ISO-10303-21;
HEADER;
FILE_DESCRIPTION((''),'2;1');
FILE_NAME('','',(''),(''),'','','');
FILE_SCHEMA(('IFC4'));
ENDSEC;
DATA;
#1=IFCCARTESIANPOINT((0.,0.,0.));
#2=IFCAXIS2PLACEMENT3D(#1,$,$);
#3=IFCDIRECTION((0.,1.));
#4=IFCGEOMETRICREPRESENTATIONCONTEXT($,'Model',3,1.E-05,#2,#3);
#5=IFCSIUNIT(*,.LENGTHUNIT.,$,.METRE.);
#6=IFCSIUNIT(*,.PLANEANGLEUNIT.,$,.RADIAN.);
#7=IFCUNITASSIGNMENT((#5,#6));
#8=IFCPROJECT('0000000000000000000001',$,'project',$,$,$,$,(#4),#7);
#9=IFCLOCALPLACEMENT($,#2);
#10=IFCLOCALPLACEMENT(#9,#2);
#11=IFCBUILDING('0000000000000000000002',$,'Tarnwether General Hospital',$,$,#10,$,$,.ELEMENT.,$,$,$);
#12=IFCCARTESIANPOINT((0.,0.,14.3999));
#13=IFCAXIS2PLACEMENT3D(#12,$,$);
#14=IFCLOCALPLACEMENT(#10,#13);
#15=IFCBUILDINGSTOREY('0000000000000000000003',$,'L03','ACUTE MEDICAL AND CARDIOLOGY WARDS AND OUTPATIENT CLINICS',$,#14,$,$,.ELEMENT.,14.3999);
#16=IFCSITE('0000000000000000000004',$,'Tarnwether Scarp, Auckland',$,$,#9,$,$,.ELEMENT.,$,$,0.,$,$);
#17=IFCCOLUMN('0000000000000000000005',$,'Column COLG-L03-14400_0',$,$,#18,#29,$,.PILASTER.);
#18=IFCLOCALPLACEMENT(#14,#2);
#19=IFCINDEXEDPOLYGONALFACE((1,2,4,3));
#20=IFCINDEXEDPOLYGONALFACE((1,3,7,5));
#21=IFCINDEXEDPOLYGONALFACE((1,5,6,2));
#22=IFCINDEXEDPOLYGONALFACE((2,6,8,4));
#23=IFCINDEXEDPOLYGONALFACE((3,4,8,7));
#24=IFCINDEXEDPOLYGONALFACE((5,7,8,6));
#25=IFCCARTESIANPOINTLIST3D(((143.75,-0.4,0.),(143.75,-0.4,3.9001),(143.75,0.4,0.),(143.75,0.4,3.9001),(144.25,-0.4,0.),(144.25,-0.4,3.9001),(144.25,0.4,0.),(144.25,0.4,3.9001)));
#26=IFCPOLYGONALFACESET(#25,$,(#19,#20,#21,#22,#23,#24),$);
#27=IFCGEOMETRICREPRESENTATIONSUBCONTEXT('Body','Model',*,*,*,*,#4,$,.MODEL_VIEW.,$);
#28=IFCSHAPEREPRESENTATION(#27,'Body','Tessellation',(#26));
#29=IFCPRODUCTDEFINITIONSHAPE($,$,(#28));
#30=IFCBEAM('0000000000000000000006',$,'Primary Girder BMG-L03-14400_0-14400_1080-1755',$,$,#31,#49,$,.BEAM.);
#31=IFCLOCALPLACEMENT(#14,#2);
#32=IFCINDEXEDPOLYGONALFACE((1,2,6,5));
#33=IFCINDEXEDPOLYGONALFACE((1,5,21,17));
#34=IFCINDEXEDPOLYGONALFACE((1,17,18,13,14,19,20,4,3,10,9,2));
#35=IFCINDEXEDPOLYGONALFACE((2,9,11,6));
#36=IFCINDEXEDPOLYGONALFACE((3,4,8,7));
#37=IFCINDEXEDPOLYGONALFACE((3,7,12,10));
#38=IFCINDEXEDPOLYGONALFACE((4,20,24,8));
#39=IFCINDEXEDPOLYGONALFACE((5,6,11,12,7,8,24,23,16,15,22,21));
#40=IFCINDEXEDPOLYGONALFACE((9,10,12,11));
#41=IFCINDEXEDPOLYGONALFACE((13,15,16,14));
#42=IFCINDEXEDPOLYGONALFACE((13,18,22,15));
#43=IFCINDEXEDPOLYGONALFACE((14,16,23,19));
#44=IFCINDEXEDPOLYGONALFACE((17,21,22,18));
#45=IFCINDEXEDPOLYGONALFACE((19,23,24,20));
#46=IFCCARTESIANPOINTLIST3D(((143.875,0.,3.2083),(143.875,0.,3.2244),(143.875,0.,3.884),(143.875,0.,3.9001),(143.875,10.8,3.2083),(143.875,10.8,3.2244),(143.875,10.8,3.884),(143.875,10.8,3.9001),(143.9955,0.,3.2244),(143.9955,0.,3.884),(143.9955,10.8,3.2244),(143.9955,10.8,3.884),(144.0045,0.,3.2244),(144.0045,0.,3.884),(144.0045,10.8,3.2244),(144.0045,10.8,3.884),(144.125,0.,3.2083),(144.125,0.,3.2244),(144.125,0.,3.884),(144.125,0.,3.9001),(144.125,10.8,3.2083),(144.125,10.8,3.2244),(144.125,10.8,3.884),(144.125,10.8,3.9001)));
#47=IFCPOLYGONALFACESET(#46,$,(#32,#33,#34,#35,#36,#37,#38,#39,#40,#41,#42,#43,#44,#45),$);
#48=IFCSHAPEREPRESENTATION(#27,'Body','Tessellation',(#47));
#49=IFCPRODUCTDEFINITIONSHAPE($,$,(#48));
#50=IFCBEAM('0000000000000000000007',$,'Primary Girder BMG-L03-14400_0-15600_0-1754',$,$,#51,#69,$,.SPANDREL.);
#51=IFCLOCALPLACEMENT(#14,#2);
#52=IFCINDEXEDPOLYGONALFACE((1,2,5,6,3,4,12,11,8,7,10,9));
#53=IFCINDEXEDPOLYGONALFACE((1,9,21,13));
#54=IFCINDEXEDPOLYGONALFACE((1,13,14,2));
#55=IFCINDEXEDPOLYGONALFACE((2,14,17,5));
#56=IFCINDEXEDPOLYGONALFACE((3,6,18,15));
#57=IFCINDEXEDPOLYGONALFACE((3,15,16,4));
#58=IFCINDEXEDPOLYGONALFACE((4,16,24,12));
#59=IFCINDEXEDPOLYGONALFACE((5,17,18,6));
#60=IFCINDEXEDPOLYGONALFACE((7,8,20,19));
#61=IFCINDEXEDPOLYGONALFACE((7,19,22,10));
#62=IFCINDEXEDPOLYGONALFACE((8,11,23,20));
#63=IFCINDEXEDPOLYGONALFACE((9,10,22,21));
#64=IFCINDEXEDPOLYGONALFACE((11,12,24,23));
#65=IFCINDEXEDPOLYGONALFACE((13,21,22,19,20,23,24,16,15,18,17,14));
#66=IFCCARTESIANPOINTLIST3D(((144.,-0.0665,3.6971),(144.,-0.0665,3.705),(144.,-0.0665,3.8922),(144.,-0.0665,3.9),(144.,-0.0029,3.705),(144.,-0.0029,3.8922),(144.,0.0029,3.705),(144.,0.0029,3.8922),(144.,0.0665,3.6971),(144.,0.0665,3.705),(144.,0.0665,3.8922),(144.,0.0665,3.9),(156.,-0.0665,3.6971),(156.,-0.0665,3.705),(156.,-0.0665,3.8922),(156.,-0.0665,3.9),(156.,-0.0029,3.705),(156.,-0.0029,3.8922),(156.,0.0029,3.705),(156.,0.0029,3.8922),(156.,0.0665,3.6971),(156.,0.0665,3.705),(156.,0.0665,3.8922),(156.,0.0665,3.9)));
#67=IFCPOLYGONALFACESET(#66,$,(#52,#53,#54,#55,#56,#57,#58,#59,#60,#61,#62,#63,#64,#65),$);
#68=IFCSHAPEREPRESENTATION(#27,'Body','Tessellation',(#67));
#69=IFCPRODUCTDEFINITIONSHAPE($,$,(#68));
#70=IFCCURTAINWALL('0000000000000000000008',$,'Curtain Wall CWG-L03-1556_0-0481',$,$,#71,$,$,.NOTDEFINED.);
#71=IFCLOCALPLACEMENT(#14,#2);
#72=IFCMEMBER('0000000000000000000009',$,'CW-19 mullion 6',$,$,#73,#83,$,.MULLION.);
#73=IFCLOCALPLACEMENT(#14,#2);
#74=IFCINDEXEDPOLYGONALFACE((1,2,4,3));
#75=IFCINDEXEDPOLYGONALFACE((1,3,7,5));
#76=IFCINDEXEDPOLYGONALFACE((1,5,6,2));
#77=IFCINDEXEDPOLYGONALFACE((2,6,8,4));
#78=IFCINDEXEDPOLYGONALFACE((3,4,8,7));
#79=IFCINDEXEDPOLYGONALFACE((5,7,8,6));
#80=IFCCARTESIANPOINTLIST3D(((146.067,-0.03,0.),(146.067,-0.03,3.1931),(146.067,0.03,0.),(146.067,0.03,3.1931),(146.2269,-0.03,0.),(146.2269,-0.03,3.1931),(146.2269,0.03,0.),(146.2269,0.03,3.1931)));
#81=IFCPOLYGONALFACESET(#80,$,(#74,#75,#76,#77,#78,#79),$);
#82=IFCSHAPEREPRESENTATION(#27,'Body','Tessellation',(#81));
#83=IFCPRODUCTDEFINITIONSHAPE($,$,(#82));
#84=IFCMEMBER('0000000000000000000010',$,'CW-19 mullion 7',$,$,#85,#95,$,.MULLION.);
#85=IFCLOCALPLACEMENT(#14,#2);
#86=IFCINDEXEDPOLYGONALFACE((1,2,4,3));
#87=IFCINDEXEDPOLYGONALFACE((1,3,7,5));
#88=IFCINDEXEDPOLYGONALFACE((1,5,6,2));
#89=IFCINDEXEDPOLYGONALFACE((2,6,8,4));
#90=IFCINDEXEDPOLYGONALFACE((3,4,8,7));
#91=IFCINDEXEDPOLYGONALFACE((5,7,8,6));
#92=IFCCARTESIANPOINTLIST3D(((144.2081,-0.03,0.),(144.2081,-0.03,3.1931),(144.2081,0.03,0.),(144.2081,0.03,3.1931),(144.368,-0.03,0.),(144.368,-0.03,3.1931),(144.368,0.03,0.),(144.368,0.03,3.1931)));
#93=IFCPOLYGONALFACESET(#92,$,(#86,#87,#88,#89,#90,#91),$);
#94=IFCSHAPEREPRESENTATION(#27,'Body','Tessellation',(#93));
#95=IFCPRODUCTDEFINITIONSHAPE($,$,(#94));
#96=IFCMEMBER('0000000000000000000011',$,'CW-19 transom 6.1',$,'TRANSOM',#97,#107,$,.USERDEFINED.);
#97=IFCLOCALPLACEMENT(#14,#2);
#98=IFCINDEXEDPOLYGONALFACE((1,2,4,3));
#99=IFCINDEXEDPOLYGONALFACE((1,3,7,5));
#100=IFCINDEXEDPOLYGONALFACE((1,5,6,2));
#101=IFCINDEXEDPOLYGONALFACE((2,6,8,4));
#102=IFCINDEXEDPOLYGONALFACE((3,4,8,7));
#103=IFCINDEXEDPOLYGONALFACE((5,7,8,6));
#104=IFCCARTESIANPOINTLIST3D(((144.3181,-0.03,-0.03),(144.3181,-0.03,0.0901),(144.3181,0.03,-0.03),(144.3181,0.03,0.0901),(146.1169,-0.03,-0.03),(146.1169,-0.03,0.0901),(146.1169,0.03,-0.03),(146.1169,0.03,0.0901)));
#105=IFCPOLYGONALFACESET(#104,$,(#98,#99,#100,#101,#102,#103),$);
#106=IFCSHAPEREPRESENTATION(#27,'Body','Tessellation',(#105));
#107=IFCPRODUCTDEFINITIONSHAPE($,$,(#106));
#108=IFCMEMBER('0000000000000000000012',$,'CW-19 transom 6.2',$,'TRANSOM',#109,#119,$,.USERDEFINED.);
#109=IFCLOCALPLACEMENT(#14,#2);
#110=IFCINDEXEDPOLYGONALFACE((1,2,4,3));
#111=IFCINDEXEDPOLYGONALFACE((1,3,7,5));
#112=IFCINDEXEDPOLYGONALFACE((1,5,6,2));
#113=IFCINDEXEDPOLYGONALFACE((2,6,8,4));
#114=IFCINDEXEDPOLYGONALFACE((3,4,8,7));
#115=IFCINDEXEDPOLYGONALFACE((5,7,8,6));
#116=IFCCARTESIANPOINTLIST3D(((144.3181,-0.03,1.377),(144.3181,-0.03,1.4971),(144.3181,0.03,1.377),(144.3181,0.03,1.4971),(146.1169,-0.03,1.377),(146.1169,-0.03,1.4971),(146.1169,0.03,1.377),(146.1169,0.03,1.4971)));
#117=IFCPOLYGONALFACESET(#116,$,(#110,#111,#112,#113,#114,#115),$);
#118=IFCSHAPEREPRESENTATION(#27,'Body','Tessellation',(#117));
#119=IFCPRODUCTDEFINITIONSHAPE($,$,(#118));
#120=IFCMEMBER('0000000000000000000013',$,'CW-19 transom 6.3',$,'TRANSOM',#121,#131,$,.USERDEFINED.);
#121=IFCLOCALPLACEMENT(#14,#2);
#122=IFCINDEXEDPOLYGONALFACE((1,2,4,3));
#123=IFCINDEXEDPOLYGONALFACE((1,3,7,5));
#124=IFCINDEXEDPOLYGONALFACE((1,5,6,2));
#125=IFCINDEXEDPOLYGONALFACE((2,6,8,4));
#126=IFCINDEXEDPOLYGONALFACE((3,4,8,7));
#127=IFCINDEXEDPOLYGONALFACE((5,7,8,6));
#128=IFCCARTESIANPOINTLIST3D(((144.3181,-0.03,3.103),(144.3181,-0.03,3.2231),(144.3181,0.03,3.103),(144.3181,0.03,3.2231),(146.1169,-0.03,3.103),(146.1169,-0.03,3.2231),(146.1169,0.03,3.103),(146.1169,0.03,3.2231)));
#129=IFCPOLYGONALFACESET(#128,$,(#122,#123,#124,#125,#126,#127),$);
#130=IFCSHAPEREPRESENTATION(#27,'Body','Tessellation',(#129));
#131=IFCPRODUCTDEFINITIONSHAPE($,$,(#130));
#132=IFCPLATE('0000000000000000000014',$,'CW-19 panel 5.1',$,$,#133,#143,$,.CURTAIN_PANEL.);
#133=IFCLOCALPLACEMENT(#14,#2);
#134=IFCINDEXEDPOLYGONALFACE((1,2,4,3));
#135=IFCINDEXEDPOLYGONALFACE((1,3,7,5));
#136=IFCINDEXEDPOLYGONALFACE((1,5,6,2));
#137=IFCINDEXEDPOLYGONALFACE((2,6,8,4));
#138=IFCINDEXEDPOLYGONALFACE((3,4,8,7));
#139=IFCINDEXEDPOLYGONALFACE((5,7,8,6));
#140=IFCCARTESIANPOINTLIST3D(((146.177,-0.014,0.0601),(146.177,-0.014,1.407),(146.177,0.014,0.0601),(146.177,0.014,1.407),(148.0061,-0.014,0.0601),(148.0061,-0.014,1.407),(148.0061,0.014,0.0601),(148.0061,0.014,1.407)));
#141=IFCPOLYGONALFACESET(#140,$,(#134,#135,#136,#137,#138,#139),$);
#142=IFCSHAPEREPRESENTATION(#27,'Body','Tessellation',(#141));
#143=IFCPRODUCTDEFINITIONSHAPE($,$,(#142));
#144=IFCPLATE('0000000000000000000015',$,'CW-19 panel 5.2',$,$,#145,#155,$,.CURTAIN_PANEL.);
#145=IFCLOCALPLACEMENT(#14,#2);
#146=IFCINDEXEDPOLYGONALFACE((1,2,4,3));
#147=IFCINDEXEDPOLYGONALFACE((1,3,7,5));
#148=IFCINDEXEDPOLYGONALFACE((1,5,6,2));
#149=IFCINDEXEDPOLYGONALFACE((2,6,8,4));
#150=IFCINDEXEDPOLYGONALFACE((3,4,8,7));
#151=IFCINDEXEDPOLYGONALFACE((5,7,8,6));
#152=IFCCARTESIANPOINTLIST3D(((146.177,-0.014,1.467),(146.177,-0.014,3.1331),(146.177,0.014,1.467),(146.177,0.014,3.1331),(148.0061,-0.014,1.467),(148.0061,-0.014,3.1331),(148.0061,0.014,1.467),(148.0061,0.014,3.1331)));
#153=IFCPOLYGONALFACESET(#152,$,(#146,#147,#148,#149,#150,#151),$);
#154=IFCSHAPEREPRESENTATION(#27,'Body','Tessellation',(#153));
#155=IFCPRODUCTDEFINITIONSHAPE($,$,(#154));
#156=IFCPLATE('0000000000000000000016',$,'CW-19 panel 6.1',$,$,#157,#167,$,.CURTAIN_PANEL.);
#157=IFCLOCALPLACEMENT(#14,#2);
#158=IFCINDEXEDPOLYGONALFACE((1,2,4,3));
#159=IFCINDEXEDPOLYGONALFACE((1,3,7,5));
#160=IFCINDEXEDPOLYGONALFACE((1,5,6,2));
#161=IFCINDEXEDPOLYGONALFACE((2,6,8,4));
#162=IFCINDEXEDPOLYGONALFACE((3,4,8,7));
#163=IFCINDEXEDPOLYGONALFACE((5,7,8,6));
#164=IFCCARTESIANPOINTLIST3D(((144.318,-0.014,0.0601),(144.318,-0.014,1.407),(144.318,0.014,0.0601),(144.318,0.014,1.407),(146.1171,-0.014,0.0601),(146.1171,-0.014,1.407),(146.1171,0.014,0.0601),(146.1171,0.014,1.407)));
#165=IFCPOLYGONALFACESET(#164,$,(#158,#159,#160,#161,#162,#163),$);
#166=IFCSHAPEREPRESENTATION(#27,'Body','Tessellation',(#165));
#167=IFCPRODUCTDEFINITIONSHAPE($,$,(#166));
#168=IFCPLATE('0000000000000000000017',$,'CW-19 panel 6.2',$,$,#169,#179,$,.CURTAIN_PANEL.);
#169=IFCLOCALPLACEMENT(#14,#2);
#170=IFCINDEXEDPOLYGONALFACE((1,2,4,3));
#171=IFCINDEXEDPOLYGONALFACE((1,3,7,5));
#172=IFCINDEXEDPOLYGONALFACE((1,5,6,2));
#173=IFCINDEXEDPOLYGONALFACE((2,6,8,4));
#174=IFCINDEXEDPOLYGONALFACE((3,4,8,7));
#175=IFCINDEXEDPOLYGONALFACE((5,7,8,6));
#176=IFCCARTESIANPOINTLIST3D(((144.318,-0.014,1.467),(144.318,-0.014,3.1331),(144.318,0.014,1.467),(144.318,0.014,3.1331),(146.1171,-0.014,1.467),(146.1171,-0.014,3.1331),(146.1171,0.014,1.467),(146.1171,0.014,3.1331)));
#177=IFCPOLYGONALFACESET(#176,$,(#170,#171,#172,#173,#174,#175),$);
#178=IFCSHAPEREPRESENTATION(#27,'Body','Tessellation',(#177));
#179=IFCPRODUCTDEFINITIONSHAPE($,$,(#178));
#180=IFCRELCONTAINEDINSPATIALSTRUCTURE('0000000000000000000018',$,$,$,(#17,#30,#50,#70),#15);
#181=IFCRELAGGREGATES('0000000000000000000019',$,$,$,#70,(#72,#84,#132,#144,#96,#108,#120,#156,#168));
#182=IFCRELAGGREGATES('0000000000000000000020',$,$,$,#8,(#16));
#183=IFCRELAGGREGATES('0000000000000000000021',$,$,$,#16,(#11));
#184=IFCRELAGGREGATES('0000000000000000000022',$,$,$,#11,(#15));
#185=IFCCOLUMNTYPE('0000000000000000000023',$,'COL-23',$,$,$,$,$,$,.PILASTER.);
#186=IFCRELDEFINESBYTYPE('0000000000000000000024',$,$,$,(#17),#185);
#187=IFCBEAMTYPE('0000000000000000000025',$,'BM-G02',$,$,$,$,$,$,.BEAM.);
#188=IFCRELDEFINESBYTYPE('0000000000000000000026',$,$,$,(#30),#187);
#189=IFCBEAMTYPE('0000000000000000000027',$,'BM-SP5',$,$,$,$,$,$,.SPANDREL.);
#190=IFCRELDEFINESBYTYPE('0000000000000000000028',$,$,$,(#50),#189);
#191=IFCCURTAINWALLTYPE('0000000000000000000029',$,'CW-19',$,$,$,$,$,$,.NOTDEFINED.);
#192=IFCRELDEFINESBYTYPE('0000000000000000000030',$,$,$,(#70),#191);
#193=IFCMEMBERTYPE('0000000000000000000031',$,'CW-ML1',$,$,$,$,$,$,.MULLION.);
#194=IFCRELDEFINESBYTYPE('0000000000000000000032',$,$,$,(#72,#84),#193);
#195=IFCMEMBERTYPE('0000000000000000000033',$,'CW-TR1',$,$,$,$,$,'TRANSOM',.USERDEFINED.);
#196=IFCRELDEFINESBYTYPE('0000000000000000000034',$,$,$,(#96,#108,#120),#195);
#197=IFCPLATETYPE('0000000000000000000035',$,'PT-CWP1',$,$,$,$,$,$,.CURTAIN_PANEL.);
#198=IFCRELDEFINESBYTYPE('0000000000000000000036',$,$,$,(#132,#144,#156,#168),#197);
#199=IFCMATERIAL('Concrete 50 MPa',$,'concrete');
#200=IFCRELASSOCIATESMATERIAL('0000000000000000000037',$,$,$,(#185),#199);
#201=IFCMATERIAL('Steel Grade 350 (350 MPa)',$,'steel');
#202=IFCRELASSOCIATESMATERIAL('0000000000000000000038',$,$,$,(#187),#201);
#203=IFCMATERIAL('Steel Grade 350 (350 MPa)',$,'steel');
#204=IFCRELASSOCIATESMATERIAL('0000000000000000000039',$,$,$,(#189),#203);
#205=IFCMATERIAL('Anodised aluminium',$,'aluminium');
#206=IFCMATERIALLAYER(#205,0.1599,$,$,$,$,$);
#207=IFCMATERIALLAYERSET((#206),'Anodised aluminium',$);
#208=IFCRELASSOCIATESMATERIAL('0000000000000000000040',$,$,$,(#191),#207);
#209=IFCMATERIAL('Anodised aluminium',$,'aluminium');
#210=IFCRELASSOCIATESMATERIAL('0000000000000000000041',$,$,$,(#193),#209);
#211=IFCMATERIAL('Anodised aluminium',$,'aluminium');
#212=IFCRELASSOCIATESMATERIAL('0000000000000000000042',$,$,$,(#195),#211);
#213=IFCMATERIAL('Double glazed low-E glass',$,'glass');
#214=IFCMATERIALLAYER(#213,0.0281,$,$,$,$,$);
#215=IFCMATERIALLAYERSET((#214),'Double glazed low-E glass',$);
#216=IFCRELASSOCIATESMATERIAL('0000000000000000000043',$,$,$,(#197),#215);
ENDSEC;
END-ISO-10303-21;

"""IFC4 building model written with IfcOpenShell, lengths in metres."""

from ifc_helpers import new_model, si_unit, direction, frame, origin, origin_2d, place, context, subcontext, project, spatial, rectangle, i_section, extrude, material, layer, layer_set, material_profile, profile_set, type_object, element, aggregate, save


model = new_model("IFC4")

# Units and contexts
model_context = context("Model", 3, precision=1e-05, world=origin(), true_north=direction((0.0, 1.0)))
body_context = subcontext(model_context, "Body", "Model", "MODEL_VIEW")
ifc_project = project(units=[si_unit("LENGTHUNIT", "METRE"), si_unit("PLANEANGLEUNIT", "RADIAN")], contexts=[model_context])

# Site, building, storey
site_placement = place(None, origin())
site = spatial("IfcSite", under=ifc_project, at=site_placement, Name="Tarnwether Scarp, Auckland", CompositionType="ELEMENT", RefElevation=0.0)
building_placement = place(site_placement, origin())
building = spatial("IfcBuilding", under=site, at=building_placement, Name="Tarnwether General Hospital", CompositionType="ELEMENT")
storey_placement = place(building_placement, frame((0.0, 0.0, 14.3999)))
storey = spatial("IfcBuildingStorey", under=building, at=storey_placement, Name="L03", Description="ACUTE MEDICAL AND CARDIOLOGY WARDS AND OUTPATIENT CLINICS", CompositionType="ELEMENT", Elevation=14.3999)

# Column
ifc_material_1 = material(Name="Concrete 50 MPa", Category="concrete")
ifc_material_profile_1 = material_profile(ifc_material_1, rectangle(XDim=0.5, YDim=0.8, at=origin_2d()), Name="RC-PIL-500x800")
ifc_profile_set_1 = profile_set([ifc_material_profile_1], Name="Concrete 50 MPa")
column_type = type_object("IfcColumnType", Name="COL-23", PredefinedType="PILASTER", material=ifc_profile_set_1)
column_placement = place(storey_placement, frame((144.0, 0.0, 0.0), z_axis=(0.0, 0.0, 1.0), x_axis=(1.0, 0.0, 0.0)))
element("IfcColumn", 1, at=column_placement, inside=storey, type_object=column_type, Name="Column COLG-L03-14400_0", PredefinedType="PILASTER", context=body_context, shape_type="SweptSolid", body=[
    extrude(rectangle(XDim=0.5, YDim=0.8, at=origin_2d()), origin(), (0.0, 0.0, 1.0), 3.9001),
])

# Beams
ifc_material_2 = material(Name="Steel Grade 350 (350 MPa)", Category="steel")
ifc_material_profile_2 = material_profile(ifc_material_2, i_section(OverallWidth=0.25, OverallDepth=0.6919, WebThickness=0.009, FlangeThickness=0.0161, at=origin_2d()), Name="700WB115")
ifc_profile_set_2 = profile_set([ifc_material_profile_2], Name="Steel Grade 350 (350 MPa)")
beam_type_1 = type_object("IfcBeamType", Name="BM-G02", PredefinedType="BEAM", material=ifc_profile_set_2)
beam_1_placement = place(storey_placement, frame((144.0, 0.0, 3.5542), z_axis=(0.0, 1.0, 0.0), x_axis=(-1.0, 0.0, 0.0)))
element("IfcBeam", 2, at=beam_1_placement, inside=storey, type_object=beam_type_1, Name="Primary Girder BMG-L03-14400_0-14400_1080-1755", PredefinedType="BEAM", context=body_context, shape_type="SweptSolid", body=[
    extrude(i_section(OverallWidth=0.25, OverallDepth=0.6919, WebThickness=0.009, FlangeThickness=0.0161, at=origin_2d()), origin(), (0.0, 0.0, 1.0), 10.8),
])
ifc_material_3 = material(Name="Steel Grade 350 (350 MPa)", Category="steel")
ifc_material_profile_3 = material_profile(ifc_material_3, i_section(OverallWidth=0.1331, OverallDepth=0.2029, WebThickness=0.0059, FlangeThickness=0.0078, at=origin_2d()), Name="200UB25.4")
ifc_profile_set_3 = profile_set([ifc_material_profile_3], Name="Steel Grade 350 (350 MPa)")
beam_type_2 = type_object("IfcBeamType", Name="BM-SP5", PredefinedType="SPANDREL", material=ifc_profile_set_3)
beam_2_placement = place(storey_placement, frame((144.0, 0.0, 3.7986), z_axis=(1.0, 0.0, 0.0), x_axis=(0.0, 1.0, 0.0)))
element("IfcBeam", 3, at=beam_2_placement, inside=storey, type_object=beam_type_2, Name="Primary Girder BMG-L03-14400_0-15600_0-1754", PredefinedType="SPANDREL", context=body_context, shape_type="SweptSolid", body=[
    extrude(i_section(OverallWidth=0.1331, OverallDepth=0.2029, WebThickness=0.0059, FlangeThickness=0.0078, at=origin_2d()), origin(), (0.0, 0.0, 1.0), 12.0),
])

# Curtain wall, members, plates
ifc_material_4 = material(Name="Anodised aluminium", Category="aluminium")
ifc_layer_1 = layer(ifc_material_4, 0.1599)
ifc_layer_set_1 = layer_set([ifc_layer_1], Name="Anodised aluminium")
curtain_wall_type = type_object("IfcCurtainWallType", Name="CW-19", PredefinedType="NOTDEFINED", material=ifc_layer_set_1)
curtain_wall_placement = place(storey_placement, origin())
curtain_wall = element("IfcCurtainWall", 4, at=curtain_wall_placement, inside=storey, type_object=curtain_wall_type, Name="Curtain Wall CWG-L03-1556_0-0481", PredefinedType="NOTDEFINED")
ifc_material_5 = material(Name="Anodised aluminium", Category="aluminium")
ifc_material_profile_4 = material_profile(ifc_material_5, rectangle(XDim=0.0601, YDim=0.1599, at=origin_2d()), Name="ALU-MUL-60x160")
ifc_profile_set_4 = profile_set([ifc_material_profile_4], Name="Anodised aluminium")
member_type_1 = type_object("IfcMemberType", Name="CW-ML1", PredefinedType="MULLION", material=ifc_profile_set_4)
member_1_placement = place(storey_placement, frame((146.147, 0.0, 0.0), z_axis=(0.0, 0.0, 1.0), x_axis=(0.0, -1.0, 0.0)))
member_1 = element("IfcMember", 5, at=member_1_placement, type_object=member_type_1, Name="CW-19 mullion 6", PredefinedType="MULLION", context=body_context, shape_type="SweptSolid", body=[
    extrude(rectangle(XDim=0.0601, YDim=0.1599, at=origin_2d()), origin(), (0.0, 0.0, 1.0), 3.1931),
])
member_2_placement = place(storey_placement, frame((144.2881, 0.0, 0.0), z_axis=(0.0, 0.0, 1.0), x_axis=(0.0, -1.0, 0.0)))
member_2 = element("IfcMember", 6, at=member_2_placement, type_object=member_type_1, Name="CW-19 mullion 7", PredefinedType="MULLION", context=body_context, shape_type="SweptSolid", body=[
    extrude(rectangle(XDim=0.0601, YDim=0.1599, at=origin_2d()), origin(), (0.0, 0.0, 1.0), 3.1931),
])
ifc_material_6 = material(Name="Anodised aluminium", Category="aluminium")
ifc_material_profile_5 = material_profile(ifc_material_6, rectangle(XDim=0.0601, YDim=0.1201, at=origin_2d()), Name="ALU-TRN-60x120")
ifc_profile_set_5 = profile_set([ifc_material_profile_5], Name="Anodised aluminium")
member_type_2 = type_object("IfcMemberType", Name="CW-TR1", ElementType="TRANSOM", PredefinedType="USERDEFINED", material=ifc_profile_set_5)
member_3_placement = place(storey_placement, frame((146.1169, 0.0, 0.03), z_axis=(-1.0, 0.0, 0.0), x_axis=(0.0, -1.0, 0.0)))
member_3 = element("IfcMember", 7, at=member_3_placement, type_object=member_type_2, Name="CW-19 transom 6.1", ObjectType="TRANSOM", PredefinedType="USERDEFINED", context=body_context, shape_type="SweptSolid", body=[
    extrude(rectangle(XDim=0.0601, YDim=0.1201, at=origin_2d()), origin(), (0.0, 0.0, 1.0), 1.7988),
])
member_4_placement = place(storey_placement, frame((146.1169, 0.0, 1.437), z_axis=(-1.0, 0.0, 0.0), x_axis=(0.0, -1.0, 0.0)))
member_4 = element("IfcMember", 8, at=member_4_placement, type_object=member_type_2, Name="CW-19 transom 6.2", ObjectType="TRANSOM", PredefinedType="USERDEFINED", context=body_context, shape_type="SweptSolid", body=[
    extrude(rectangle(XDim=0.0601, YDim=0.1201, at=origin_2d()), origin(), (0.0, 0.0, 1.0), 1.7988),
])
member_5_placement = place(storey_placement, frame((146.1169, 0.0, 3.1631), z_axis=(-1.0, 0.0, 0.0), x_axis=(0.0, -1.0, 0.0)))
member_5 = element("IfcMember", 9, at=member_5_placement, type_object=member_type_2, Name="CW-19 transom 6.3", ObjectType="TRANSOM", PredefinedType="USERDEFINED", context=body_context, shape_type="SweptSolid", body=[
    extrude(rectangle(XDim=0.0601, YDim=0.1201, at=origin_2d()), origin(), (0.0, 0.0, 1.0), 1.7988),
])
ifc_material_7 = material(Name="Double glazed low-E glass", Category="glass")
ifc_layer_2 = layer(ifc_material_7, 0.0281)
ifc_layer_set_2 = layer_set([ifc_layer_2], Name="Double glazed low-E glass")
plate_type = type_object("IfcPlateType", Name="PT-CWP1", PredefinedType="CURTAIN_PANEL", material=ifc_layer_set_2)
plate_1_placement = place(storey_placement, frame((147.0916, 0.0, 0.0601), z_axis=(0.0, 0.0, 1.0), x_axis=(-1.0, 0.0, 0.0)))
plate_1 = element("IfcPlate", 10, at=plate_1_placement, type_object=plate_type, Name="CW-19 panel 5.1", PredefinedType="CURTAIN_PANEL", context=body_context, shape_type="SweptSolid", body=[
    extrude(rectangle(XDim=1.8291, YDim=0.0281, at=origin_2d()), origin(), (0.0, 0.0, 1.0), 1.3469),
])
plate_2_placement = place(storey_placement, frame((147.0916, 0.0, 1.467), z_axis=(0.0, 0.0, 1.0), x_axis=(-1.0, 0.0, 0.0)))
plate_2 = element("IfcPlate", 11, at=plate_2_placement, type_object=plate_type, Name="CW-19 panel 5.2", PredefinedType="CURTAIN_PANEL", context=body_context, shape_type="SweptSolid", body=[
    extrude(rectangle(XDim=1.8291, YDim=0.0281, at=origin_2d()), origin(), (0.0, 0.0, 1.0), 1.666),
])
plate_3_placement = place(storey_placement, frame((145.2175, 0.0, 0.0601), z_axis=(0.0, 0.0, 1.0), x_axis=(-1.0, 0.0, 0.0)))
plate_3 = element("IfcPlate", 12, at=plate_3_placement, type_object=plate_type, Name="CW-19 panel 6.1", PredefinedType="CURTAIN_PANEL", context=body_context, shape_type="SweptSolid", body=[
    extrude(rectangle(XDim=1.7991, YDim=0.0281, at=origin_2d()), origin(), (0.0, 0.0, 1.0), 1.3469),
])
plate_4_placement = place(storey_placement, frame((145.2175, 0.0, 1.467), z_axis=(0.0, 0.0, 1.0), x_axis=(-1.0, 0.0, 0.0)))
plate_4 = element("IfcPlate", 13, at=plate_4_placement, type_object=plate_type, Name="CW-19 panel 6.2", PredefinedType="CURTAIN_PANEL", context=body_context, shape_type="SweptSolid", body=[
    extrude(rectangle(XDim=1.7991, YDim=0.0281, at=origin_2d()), origin(), (0.0, 0.0, 1.0), 1.666),
])
aggregate(curtain_wall, [member_1, member_2, plate_1, plate_2, member_3, member_4, member_5, plate_3, plate_4])

save(model, "model.ifc")
